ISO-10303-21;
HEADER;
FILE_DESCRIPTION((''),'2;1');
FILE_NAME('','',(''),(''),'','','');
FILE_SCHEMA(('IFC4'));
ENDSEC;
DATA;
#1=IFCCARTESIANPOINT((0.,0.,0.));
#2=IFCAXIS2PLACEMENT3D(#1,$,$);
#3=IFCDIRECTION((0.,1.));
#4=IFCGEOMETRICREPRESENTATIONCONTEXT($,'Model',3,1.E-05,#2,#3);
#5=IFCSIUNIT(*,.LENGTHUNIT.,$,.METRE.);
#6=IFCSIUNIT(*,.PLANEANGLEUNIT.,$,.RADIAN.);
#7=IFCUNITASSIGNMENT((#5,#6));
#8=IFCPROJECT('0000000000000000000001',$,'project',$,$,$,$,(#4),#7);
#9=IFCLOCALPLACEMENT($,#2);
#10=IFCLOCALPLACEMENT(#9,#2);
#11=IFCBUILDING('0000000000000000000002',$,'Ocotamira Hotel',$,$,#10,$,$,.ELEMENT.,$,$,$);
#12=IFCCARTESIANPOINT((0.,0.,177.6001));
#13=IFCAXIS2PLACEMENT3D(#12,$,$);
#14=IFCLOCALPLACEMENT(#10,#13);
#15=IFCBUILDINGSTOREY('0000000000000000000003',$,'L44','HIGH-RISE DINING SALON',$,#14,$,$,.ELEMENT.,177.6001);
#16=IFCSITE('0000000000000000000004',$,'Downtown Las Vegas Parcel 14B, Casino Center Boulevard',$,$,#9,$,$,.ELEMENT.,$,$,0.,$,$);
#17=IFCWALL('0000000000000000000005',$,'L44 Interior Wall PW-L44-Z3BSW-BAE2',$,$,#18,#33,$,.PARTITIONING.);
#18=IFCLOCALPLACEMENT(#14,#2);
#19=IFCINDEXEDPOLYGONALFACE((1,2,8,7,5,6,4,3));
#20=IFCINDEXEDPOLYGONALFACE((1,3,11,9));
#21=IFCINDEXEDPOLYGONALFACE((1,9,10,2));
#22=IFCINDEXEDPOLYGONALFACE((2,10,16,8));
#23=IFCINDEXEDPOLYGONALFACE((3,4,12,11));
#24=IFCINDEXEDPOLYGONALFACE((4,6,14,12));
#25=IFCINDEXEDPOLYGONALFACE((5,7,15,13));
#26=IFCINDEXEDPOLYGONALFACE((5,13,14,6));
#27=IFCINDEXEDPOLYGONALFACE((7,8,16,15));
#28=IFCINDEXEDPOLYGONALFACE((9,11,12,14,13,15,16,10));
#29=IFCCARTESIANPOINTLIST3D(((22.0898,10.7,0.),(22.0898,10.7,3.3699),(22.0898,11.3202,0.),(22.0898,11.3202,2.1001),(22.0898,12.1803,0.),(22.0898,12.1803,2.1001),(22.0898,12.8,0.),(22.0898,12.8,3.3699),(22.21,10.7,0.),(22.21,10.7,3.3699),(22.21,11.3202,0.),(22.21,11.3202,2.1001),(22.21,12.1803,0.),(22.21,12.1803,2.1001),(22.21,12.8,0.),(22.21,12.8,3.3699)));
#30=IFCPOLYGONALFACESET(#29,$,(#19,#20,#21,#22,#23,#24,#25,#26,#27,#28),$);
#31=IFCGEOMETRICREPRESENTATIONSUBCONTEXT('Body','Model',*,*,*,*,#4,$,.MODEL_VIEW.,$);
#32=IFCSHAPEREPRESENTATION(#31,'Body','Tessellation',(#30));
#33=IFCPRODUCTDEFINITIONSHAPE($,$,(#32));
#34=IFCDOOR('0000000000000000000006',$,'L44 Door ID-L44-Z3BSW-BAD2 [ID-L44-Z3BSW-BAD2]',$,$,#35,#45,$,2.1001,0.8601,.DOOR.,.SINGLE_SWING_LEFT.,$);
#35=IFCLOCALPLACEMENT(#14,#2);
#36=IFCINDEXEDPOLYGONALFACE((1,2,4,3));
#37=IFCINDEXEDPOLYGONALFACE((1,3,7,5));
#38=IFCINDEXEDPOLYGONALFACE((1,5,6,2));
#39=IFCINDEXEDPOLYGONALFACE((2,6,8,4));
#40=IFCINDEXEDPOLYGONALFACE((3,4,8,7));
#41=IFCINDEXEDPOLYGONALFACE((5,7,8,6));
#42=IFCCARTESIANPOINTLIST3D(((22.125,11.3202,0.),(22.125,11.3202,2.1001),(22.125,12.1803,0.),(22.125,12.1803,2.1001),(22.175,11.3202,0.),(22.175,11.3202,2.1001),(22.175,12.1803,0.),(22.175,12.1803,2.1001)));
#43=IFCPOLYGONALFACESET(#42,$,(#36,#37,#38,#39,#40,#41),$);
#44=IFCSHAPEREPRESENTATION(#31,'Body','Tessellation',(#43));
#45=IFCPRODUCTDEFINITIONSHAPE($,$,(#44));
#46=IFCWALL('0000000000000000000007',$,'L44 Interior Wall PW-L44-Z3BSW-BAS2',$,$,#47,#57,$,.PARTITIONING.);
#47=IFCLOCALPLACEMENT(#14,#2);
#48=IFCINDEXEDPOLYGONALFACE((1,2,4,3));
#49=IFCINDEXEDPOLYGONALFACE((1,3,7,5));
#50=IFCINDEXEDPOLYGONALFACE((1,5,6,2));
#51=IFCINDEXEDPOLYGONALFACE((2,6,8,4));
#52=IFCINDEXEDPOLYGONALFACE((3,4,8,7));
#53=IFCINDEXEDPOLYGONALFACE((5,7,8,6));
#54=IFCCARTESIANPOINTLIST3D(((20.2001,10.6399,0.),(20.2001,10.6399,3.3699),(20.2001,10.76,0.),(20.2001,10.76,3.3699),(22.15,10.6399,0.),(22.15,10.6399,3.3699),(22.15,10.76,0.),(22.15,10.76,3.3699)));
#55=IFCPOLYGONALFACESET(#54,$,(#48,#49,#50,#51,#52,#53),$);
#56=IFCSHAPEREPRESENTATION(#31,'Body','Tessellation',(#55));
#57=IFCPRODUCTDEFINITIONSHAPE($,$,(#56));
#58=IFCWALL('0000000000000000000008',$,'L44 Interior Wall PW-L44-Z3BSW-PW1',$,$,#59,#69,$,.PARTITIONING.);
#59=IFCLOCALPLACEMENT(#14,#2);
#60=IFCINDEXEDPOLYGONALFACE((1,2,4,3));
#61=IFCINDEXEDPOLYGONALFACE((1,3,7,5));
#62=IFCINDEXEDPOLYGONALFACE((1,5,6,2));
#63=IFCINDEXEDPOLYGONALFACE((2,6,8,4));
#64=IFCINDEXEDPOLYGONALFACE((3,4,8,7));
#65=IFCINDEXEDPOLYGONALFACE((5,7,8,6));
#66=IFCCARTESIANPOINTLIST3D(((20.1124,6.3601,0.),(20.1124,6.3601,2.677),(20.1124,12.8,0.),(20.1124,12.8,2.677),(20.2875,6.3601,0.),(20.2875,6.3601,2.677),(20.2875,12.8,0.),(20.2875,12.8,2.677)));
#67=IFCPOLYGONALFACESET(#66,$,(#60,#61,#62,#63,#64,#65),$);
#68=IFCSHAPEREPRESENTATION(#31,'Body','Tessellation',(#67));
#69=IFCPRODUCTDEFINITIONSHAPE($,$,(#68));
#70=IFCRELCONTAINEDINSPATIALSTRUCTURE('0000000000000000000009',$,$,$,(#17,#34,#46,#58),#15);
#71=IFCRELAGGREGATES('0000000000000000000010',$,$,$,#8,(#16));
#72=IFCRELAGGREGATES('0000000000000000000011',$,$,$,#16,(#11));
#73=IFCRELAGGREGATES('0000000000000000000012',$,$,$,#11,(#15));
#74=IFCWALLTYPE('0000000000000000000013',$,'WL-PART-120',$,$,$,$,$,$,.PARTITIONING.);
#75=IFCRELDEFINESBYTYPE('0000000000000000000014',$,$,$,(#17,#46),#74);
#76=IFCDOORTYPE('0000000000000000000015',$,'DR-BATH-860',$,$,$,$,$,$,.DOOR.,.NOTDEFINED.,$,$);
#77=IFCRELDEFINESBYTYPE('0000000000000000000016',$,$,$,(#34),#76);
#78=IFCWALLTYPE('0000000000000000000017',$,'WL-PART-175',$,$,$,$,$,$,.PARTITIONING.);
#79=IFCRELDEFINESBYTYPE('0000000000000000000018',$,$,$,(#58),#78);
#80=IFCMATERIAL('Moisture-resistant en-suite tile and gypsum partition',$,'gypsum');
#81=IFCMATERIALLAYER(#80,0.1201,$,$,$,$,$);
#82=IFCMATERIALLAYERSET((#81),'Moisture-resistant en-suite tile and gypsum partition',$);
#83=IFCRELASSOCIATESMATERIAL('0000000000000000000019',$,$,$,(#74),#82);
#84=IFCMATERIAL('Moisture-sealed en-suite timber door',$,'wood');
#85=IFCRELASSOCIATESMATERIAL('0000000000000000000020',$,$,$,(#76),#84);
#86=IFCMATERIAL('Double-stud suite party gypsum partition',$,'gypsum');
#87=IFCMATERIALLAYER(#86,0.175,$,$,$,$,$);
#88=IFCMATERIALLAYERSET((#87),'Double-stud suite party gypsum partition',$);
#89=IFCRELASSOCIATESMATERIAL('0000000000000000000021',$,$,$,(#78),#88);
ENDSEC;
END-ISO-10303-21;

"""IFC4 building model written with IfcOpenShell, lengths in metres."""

from ifc_helpers import new_model, si_unit, direction, frame, frame_2d, origin, place, context, subcontext, project, spatial, rectangle, extrude, source, transform, mapped, material, layer, layer_set, type_object, element, fill, save


model = new_model("IFC4")

# Units and contexts
model_context = context("Model", 3, precision=1e-05, world=origin(), true_north=direction((0.0, 1.0)))
body_context = subcontext(model_context, "Body", "Model", "MODEL_VIEW")
ifc_project = project(units=[si_unit("LENGTHUNIT", "METRE"), si_unit("PLANEANGLEUNIT", "RADIAN")], contexts=[model_context])

# Site, building, storey
site_placement = place(None, origin())
site = spatial("IfcSite", under=ifc_project, at=site_placement, Name="Downtown Las Vegas Parcel 14B, Casino Center Boulevard", CompositionType="ELEMENT", RefElevation=0.0)
building_placement = place(site_placement, origin())
building = spatial("IfcBuilding", under=site, at=building_placement, Name="Ocotamira Hotel", CompositionType="ELEMENT")
storey_placement = place(building_placement, frame((0.0, 0.0, 177.6001)))
storey = spatial("IfcBuildingStorey", under=building, at=storey_placement, Name="L44", Description="HIGH-RISE DINING SALON", CompositionType="ELEMENT", Elevation=177.6001)

# Shared definitions
ifc_material_1 = material(Name="Moisture-resistant en-suite tile and gypsum partition", Category="gypsum")
ifc_layer_1 = layer(ifc_material_1, 0.1201)
ifc_layer_set_1 = layer_set([ifc_layer_1], Name="Moisture-resistant en-suite tile and gypsum partition")
wall_type_1 = type_object("IfcWallType", Name="WL-PART-120", PredefinedType="PARTITIONING", material=ifc_layer_set_1)
ifc_material_2 = material(Name="Moisture-sealed en-suite timber door", Category="wood")
door_type = type_object("IfcDoorType", Name="DR-BATH-860", OperationType="NOTDEFINED", PredefinedType="DOOR", material=ifc_material_2)
shared_shape_1 = source(origin(), body_context, "Body", "SweptSolid", [
    extrude(rectangle(XDim=0.8601, YDim=2.1001, at=frame_2d((0.4302, 1.05))), frame((0.0, 0.0249, 0.0), z_axis=(0.0, -1.0, 0.0), x_axis=(1.0, 0.0, 0.0)), (0.0, 0.0, 1.0), 0.05),
])

# Wall, opening, door
wall_1_placement = place(storey_placement, frame((22.1499, 10.7, 0.0), z_axis=(0.0, 0.0, 1.0), x_axis=(0.0, 1.0, 0.0)))
wall_1 = element("IfcWall", 1, at=wall_1_placement, inside=storey, type_object=wall_type_1, Name="L44 Interior Wall PW-L44-Z3BSW-BAE2", PredefinedType="PARTITIONING", context=body_context, shape_type="SweptSolid", body=[
    extrude(rectangle(XDim=2.1001, YDim=0.1201, at=frame_2d((1.05, 0.0))), origin(), (0.0, 0.0, 1.0), 3.3699),
])
opening_1_placement = place(wall_1_placement, frame((0.6201, 0.0, 0.0)))
opening_1 = element("IfcOpeningElement", 2, at=opening_1_placement, cuts=wall_1, PredefinedType="OPENING", context=body_context, shape_type="SweptSolid", body=[
    extrude(rectangle(XDim=0.8601, YDim=2.1001, at=frame_2d((0.4302, 1.05))), frame((0.0, 0.0701, 0.0), z_axis=(0.0, -1.0, 0.0), x_axis=(1.0, 0.0, 0.0)), (0.0, 0.0, 1.0), 0.1401),
])
door_1_placement = place(opening_1_placement, origin())
door_1 = element("IfcDoor", 3, at=door_1_placement, inside=storey, type_object=door_type, Name="L44 Door ID-L44-Z3BSW-BAD2 [ID-L44-Z3BSW-BAD2]", OperationType="SINGLE_SWING_LEFT", OverallHeight=2.1001, OverallWidth=0.8601, PredefinedType="DOOR", context=body_context, shape_type="MappedRepresentation", body=[
    mapped(shared_shape_1, transform((0.0, 0.0, 0.0), scale=1.0)),
])
fill(opening_1, door_1)

# Walls
wall_2_placement = place(storey_placement, frame((20.2, 10.7, 0.0), z_axis=(0.0, 0.0, 1.0), x_axis=(1.0, 0.0, 0.0)))
element("IfcWall", 4, at=wall_2_placement, inside=storey, type_object=wall_type_1, Name="L44 Interior Wall PW-L44-Z3BSW-BAS2", PredefinedType="PARTITIONING", context=body_context, shape_type="SweptSolid", body=[
    extrude(rectangle(XDim=1.95, YDim=0.1201, at=frame_2d((0.9751, 0.0))), origin(), (0.0, 0.0, 1.0), 3.3699),
])
ifc_material_3 = material(Name="Double-stud suite party gypsum partition", Category="gypsum")
ifc_layer_2 = layer(ifc_material_3, 0.175)
ifc_layer_set_2 = layer_set([ifc_layer_2], Name="Double-stud suite party gypsum partition")
wall_type_2 = type_object("IfcWallType", Name="WL-PART-175", PredefinedType="PARTITIONING", material=ifc_layer_set_2)
wall_3_placement = place(storey_placement, frame((20.2, 6.3601, 0.0), z_axis=(0.0, 0.0, 1.0), x_axis=(0.0, 1.0, 0.0)))
element("IfcWall", 5, at=wall_3_placement, inside=storey, type_object=wall_type_2, Name="L44 Interior Wall PW-L44-Z3BSW-PW1", PredefinedType="PARTITIONING", context=body_context, shape_type="SweptSolid", body=[
    extrude(rectangle(XDim=6.4399, YDim=0.175, at=frame_2d((3.22, 0.0))), origin(), (0.0, 0.0, 1.0), 2.677),
])

save(model, "model.ifc")
